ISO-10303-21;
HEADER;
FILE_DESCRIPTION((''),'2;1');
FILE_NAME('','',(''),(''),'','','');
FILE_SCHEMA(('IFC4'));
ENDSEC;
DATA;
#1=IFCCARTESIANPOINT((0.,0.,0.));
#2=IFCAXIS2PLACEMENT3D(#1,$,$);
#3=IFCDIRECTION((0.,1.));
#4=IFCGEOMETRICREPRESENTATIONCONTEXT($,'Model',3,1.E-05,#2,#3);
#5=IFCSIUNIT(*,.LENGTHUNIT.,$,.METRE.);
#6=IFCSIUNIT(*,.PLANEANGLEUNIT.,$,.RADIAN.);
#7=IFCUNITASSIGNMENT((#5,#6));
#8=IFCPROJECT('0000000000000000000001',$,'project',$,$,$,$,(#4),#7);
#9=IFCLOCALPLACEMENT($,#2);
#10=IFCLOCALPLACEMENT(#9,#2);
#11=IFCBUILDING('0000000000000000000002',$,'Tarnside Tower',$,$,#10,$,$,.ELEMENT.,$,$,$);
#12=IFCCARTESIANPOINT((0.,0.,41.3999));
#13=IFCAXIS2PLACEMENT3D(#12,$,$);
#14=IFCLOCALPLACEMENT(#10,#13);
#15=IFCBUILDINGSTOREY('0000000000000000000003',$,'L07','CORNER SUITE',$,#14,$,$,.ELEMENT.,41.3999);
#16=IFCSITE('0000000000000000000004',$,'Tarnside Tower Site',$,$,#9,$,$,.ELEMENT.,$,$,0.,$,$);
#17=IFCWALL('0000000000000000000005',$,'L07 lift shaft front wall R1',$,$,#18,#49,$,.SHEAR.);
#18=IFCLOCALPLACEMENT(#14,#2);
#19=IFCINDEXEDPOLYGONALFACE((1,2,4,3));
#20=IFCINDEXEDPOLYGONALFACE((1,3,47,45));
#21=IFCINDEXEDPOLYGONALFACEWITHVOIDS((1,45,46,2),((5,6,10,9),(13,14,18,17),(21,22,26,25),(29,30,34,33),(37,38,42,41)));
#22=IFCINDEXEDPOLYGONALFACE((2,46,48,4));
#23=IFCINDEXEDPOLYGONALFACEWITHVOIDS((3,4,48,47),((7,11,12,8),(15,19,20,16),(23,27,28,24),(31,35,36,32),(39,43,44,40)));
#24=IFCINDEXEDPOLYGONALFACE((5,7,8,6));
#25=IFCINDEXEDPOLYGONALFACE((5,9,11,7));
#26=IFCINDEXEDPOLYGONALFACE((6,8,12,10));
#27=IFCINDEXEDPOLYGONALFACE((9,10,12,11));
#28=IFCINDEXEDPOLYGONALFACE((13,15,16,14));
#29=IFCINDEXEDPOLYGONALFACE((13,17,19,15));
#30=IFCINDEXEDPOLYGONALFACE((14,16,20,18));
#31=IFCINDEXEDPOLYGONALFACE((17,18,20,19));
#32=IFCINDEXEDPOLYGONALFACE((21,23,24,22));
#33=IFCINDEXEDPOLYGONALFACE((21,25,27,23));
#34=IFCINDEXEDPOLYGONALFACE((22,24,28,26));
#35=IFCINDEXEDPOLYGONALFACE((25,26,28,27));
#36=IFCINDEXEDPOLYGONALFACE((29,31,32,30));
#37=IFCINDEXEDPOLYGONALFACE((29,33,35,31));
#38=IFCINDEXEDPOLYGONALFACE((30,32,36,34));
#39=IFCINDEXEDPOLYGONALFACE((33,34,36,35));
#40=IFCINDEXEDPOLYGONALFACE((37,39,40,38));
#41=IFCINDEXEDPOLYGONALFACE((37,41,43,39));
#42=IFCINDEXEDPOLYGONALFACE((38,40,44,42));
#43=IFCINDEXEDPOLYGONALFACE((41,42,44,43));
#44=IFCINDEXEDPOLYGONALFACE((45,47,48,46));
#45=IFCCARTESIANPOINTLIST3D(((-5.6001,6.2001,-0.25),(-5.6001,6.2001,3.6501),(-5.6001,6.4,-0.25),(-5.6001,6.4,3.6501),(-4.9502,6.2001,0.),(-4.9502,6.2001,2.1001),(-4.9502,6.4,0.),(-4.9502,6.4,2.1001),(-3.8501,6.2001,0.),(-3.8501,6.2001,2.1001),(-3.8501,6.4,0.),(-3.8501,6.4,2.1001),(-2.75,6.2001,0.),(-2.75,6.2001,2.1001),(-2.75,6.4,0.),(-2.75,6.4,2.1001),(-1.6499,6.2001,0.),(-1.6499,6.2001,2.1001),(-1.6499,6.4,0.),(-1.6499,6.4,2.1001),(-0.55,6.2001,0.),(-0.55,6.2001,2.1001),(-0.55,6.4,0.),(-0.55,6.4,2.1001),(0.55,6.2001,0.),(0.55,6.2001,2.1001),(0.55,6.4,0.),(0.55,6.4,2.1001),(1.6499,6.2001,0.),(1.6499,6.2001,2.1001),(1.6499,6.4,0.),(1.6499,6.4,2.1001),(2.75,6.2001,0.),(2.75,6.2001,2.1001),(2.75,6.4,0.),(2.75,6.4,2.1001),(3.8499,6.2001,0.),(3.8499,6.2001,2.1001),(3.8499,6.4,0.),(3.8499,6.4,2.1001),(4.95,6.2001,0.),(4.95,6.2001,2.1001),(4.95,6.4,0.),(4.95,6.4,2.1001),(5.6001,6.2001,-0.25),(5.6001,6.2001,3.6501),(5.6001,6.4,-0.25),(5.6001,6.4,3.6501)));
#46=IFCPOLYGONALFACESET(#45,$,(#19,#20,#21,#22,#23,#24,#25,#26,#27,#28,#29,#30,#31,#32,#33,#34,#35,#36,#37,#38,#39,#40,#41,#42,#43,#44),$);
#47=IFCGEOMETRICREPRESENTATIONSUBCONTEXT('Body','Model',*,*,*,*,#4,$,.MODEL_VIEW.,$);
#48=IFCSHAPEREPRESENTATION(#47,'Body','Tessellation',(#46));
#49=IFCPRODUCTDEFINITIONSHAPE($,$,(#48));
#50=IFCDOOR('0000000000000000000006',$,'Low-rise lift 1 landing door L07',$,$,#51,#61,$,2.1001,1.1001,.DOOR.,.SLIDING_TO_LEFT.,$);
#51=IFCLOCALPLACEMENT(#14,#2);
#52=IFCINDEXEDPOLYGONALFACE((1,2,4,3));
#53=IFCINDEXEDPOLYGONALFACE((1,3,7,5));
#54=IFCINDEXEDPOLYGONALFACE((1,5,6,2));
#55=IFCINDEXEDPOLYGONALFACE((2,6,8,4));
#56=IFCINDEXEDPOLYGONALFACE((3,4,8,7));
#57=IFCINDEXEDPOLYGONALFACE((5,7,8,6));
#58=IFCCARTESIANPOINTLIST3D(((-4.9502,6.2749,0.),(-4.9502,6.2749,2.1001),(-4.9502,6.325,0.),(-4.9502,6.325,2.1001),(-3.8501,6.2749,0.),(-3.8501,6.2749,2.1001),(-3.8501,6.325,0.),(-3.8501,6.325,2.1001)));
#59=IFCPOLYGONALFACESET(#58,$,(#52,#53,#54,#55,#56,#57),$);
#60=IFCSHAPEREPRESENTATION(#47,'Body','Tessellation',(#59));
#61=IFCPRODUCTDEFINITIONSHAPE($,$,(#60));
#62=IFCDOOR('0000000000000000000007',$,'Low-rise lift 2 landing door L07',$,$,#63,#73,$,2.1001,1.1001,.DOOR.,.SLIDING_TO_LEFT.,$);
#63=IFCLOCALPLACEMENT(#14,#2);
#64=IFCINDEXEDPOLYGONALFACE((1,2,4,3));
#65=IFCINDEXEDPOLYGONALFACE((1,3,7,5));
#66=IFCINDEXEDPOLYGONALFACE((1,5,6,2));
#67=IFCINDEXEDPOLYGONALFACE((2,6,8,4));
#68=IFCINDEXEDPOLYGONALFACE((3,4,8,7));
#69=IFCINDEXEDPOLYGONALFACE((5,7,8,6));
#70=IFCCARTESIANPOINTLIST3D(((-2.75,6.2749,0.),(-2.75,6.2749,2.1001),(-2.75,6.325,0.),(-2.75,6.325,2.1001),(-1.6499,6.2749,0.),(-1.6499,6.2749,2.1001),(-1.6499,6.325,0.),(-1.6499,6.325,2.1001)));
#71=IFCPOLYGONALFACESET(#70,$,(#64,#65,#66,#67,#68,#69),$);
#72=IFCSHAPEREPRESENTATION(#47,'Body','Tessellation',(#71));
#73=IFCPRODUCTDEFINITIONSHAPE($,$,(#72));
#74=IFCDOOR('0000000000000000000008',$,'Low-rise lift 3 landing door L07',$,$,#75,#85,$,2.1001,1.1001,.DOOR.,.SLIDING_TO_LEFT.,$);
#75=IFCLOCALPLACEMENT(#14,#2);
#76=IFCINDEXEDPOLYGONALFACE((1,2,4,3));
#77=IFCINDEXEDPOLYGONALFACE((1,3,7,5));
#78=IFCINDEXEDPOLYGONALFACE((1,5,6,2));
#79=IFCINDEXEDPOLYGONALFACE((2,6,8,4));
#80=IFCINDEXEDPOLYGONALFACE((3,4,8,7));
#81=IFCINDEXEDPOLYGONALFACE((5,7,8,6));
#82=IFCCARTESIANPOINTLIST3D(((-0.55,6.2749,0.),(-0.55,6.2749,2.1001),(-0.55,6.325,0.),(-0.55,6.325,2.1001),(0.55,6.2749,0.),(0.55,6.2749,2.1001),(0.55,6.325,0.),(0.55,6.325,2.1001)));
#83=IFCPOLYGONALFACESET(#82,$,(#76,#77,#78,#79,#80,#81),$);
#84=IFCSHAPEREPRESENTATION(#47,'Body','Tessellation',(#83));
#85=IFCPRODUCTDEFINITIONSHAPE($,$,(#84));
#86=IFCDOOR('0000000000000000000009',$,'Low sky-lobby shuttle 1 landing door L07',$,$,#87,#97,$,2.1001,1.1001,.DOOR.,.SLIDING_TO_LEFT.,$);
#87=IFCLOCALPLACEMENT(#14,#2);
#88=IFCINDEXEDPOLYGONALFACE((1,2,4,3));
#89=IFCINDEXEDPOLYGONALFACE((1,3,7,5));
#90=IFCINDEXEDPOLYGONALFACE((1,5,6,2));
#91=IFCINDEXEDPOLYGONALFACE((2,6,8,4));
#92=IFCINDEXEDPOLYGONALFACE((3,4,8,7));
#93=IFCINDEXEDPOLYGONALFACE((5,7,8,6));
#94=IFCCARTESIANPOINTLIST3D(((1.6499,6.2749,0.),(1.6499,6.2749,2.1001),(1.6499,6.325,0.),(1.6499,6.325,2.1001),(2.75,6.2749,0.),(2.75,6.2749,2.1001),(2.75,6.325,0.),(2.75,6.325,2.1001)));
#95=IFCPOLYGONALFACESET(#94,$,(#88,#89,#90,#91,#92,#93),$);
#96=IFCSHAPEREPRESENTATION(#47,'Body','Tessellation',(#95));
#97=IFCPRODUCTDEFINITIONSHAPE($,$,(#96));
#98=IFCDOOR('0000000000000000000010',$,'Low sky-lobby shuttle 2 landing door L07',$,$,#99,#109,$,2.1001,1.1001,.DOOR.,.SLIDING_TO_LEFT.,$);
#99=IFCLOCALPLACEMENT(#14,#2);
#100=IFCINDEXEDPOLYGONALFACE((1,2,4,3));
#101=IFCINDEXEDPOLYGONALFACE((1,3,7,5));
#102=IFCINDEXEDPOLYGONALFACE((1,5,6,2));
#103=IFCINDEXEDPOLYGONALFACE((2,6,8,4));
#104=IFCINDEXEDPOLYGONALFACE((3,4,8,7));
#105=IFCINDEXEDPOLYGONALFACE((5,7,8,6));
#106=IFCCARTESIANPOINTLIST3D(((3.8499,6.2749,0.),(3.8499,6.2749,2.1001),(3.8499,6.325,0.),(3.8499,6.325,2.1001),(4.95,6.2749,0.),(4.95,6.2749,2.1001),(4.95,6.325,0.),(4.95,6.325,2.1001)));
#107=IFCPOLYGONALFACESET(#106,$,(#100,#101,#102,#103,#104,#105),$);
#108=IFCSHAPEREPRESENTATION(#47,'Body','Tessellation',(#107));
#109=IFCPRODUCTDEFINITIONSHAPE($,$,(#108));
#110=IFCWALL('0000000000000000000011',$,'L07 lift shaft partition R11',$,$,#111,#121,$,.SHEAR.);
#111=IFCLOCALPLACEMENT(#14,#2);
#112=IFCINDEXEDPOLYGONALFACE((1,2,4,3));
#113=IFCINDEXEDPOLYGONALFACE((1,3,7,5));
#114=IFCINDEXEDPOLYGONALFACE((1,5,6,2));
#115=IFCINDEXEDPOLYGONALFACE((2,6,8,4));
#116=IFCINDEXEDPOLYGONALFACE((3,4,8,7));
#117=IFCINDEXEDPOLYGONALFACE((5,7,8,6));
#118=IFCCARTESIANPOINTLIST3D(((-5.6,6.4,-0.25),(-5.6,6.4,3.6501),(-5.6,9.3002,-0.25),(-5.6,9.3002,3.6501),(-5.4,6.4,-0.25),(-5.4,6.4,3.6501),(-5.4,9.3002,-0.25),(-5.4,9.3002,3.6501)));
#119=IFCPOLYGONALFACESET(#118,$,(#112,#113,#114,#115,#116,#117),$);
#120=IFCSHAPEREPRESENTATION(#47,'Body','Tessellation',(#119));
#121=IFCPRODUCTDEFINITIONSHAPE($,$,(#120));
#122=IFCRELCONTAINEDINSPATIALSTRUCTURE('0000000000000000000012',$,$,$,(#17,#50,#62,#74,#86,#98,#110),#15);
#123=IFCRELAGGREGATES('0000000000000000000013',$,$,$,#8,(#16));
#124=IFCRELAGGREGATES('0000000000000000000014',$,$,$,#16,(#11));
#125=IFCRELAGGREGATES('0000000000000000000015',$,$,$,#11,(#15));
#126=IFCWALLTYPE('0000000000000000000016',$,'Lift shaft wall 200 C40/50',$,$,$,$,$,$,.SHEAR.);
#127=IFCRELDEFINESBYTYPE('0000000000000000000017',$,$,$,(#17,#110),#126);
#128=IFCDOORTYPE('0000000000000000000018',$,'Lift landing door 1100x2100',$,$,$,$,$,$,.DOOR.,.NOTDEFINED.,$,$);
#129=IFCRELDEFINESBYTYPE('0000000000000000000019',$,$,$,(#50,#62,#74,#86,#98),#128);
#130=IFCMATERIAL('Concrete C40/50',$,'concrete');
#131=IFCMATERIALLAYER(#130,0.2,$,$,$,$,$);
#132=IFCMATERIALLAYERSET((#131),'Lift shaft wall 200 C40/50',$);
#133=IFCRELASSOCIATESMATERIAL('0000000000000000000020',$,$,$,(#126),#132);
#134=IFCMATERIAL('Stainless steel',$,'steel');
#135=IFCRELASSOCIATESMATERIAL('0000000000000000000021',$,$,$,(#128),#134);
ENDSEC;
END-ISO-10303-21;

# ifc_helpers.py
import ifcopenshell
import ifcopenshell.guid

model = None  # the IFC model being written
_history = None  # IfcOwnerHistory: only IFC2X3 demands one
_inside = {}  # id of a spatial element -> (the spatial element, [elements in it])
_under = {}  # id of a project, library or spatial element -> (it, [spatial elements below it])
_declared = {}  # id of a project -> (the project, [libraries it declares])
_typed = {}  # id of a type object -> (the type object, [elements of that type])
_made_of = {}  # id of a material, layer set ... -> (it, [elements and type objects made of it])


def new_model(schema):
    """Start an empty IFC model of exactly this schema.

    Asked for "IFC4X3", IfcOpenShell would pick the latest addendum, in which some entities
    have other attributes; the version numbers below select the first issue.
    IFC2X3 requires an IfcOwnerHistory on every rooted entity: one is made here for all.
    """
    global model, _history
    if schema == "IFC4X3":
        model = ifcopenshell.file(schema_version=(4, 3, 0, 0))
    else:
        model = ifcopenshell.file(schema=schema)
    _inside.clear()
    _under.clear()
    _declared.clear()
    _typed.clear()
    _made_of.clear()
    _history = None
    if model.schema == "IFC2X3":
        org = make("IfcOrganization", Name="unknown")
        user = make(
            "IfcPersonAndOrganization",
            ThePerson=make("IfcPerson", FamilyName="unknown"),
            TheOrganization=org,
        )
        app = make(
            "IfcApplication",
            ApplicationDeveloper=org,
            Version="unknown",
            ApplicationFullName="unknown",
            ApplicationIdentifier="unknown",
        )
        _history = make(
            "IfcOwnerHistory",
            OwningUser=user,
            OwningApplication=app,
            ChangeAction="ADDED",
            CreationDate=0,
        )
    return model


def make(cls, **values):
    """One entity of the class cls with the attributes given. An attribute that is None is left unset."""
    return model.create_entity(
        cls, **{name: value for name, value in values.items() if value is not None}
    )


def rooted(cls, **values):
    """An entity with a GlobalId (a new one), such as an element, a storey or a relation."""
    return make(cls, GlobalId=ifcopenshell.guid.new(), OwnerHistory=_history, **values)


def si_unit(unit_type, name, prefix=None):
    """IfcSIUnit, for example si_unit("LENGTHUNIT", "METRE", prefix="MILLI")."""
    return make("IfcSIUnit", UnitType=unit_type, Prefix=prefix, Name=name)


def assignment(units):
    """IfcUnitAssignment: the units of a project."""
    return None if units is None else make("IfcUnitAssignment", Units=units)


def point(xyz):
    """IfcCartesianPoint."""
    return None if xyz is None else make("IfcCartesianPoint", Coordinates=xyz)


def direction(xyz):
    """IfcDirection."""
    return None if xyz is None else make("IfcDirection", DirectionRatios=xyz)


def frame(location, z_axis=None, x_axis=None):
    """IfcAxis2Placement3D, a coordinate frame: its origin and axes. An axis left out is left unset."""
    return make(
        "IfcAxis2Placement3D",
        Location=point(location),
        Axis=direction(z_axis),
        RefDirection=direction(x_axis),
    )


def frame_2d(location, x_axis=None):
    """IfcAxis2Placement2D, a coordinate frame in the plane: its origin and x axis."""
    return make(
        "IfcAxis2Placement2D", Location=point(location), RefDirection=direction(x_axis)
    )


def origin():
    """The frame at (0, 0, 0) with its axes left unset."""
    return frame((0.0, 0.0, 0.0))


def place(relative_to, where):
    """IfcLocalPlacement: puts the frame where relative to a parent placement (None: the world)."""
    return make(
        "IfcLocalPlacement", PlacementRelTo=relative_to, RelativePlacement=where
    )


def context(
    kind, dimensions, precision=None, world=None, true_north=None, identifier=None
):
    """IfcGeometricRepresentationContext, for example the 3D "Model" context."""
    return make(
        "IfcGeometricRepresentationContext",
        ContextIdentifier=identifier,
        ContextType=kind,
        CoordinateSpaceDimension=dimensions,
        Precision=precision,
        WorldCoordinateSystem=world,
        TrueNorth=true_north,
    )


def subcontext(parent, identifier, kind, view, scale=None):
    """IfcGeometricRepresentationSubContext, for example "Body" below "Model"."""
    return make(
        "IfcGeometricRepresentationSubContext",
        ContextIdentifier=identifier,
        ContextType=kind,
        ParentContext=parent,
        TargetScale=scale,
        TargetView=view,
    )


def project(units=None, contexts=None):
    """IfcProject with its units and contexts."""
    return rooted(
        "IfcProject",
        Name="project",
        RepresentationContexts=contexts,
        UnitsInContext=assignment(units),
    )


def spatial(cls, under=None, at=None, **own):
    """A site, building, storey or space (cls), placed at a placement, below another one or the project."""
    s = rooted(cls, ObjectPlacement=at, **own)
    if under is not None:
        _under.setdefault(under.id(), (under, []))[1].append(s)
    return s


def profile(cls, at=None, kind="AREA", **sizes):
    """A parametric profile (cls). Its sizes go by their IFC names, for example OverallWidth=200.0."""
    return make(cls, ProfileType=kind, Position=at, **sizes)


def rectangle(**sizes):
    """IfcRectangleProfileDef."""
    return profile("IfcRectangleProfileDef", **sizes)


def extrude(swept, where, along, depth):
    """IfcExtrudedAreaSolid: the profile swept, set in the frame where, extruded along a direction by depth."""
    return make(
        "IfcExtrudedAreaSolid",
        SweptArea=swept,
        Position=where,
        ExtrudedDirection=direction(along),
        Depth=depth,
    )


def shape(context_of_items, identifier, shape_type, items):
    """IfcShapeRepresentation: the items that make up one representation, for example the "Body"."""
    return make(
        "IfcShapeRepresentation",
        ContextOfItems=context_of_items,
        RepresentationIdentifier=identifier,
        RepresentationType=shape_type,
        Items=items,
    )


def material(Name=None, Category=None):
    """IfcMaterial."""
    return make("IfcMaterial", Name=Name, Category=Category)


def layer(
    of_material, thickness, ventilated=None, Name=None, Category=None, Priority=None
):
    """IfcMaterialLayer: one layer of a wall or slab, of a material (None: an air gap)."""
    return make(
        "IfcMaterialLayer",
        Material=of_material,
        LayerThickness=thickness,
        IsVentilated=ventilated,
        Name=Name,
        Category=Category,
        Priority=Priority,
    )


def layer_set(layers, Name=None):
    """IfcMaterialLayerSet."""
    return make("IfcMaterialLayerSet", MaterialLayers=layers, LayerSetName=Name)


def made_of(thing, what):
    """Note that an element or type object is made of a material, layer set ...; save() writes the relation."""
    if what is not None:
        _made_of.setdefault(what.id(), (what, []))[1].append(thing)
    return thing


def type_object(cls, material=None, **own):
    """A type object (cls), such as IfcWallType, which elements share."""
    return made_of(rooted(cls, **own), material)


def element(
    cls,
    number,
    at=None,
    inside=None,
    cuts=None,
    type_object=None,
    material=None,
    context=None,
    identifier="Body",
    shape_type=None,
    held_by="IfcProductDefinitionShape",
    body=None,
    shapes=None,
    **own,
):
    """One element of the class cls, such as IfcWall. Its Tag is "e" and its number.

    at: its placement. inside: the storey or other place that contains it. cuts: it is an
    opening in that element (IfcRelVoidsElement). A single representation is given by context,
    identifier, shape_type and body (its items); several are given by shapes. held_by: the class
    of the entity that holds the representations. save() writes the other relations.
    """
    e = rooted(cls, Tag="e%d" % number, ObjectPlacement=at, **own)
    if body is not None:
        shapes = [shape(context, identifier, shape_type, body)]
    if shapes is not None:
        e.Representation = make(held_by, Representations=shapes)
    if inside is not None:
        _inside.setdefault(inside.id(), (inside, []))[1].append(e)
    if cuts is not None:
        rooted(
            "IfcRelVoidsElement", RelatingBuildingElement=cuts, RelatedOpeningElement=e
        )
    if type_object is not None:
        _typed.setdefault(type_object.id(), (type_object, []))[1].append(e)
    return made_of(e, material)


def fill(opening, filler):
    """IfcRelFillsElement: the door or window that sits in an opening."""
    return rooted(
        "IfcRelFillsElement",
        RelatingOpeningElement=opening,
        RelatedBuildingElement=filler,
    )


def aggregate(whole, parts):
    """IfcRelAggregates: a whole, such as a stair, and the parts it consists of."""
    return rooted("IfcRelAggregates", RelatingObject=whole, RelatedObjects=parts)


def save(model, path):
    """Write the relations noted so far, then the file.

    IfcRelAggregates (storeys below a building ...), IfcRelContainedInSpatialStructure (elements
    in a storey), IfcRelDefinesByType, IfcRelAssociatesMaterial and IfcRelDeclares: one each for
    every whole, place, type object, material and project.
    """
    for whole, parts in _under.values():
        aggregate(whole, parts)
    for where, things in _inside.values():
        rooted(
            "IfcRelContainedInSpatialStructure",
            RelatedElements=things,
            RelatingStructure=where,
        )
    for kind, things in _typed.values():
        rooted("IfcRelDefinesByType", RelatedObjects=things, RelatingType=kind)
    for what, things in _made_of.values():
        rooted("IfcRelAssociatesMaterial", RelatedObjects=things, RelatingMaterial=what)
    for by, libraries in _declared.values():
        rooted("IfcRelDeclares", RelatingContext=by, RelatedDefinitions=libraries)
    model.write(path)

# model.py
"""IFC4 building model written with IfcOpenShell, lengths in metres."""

from ifc_helpers import new_model, si_unit, direction, frame, frame_2d, origin, place, context, subcontext, project, spatial, rectangle, extrude, material, layer, layer_set, type_object, element, fill, save


model = new_model("IFC4")

# Units and contexts
model_context = context("Model", 3, precision=1e-05, world=origin(), true_north=direction((0.0, 1.0)))
body_context = subcontext(model_context, "Body", "Model", "MODEL_VIEW")
ifc_project = project(units=[si_unit("LENGTHUNIT", "METRE"), si_unit("PLANEANGLEUNIT", "RADIAN")], contexts=[model_context])

# Site, building, storey
site_placement = place(None, origin())
site = spatial("IfcSite", under=ifc_project, at=site_placement, Name="Tarnside Tower Site", CompositionType="ELEMENT", RefElevation=0.0)
building_placement = place(site_placement, origin())
building = spatial("IfcBuilding", under=site, at=building_placement, Name="Tarnside Tower", CompositionType="ELEMENT")
storey_placement = place(building_placement, frame((0.0, 0.0, 41.3999)))
storey = spatial("IfcBuildingStorey", under=building, at=storey_placement, Name="L07", Description="CORNER SUITE", CompositionType="ELEMENT", Elevation=41.3999)

# Shared definitions
ifc_material_1 = material(Name="Concrete C40/50", Category="concrete")

# Wall, openings, doors
ifc_layer_1 = layer(ifc_material_1, 0.2)
ifc_layer_set_1 = layer_set([ifc_layer_1], Name="Lift shaft wall 200 C40/50")
wall_type = type_object("IfcWallType", Name="Lift shaft wall 200 C40/50", PredefinedType="SHEAR", material=ifc_layer_set_1)
wall_1_placement = place(storey_placement, frame((-5.6001, 6.3, -0.25), z_axis=(0.0, 0.0, 1.0), x_axis=(1.0, 0.0, 0.0)))
wall_1 = element("IfcWall", 1, at=wall_1_placement, inside=storey, type_object=wall_type, Name="L07 lift shaft front wall R1", PredefinedType="SHEAR", context=body_context, shape_type="SweptSolid", body=[
    extrude(rectangle(XDim=11.2002, YDim=0.2, at=frame_2d((5.6001, 0.0))), origin(), (0.0, 0.0, 1.0), 3.9001),
])
opening_1_placement = place(wall_1_placement, frame((0.6499, 0.0, 0.25)))
opening_1 = element("IfcOpeningElement", 2, at=opening_1_placement, cuts=wall_1, PredefinedType="OPENING", context=body_context, shape_type="SweptSolid", body=[
    extrude(rectangle(XDim=1.1001, YDim=2.1001, at=frame_2d((0.55, 1.05))), frame((0.0, 0.1099, 0.0), z_axis=(0.0, -1.0, 0.0), x_axis=(1.0, 0.0, 0.0)), (0.0, 0.0, 1.0), 0.22),
])
opening_2_placement = place(wall_1_placement, frame((2.8501, 0.0, 0.25)))
opening_2 = element("IfcOpeningElement", 3, at=opening_2_placement, cuts=wall_1, PredefinedType="OPENING", context=body_context, shape_type="SweptSolid", body=[
    extrude(rectangle(XDim=1.1001, YDim=2.1001, at=frame_2d((0.55, 1.05))), frame((0.0, 0.1099, 0.0), z_axis=(0.0, -1.0, 0.0), x_axis=(1.0, 0.0, 0.0)), (0.0, 0.0, 1.0), 0.22),
])
opening_3_placement = place(wall_1_placement, frame((5.05, 0.0, 0.25)))
opening_3 = element("IfcOpeningElement", 4, at=opening_3_placement, cuts=wall_1, PredefinedType="OPENING", context=body_context, shape_type="SweptSolid", body=[
    extrude(rectangle(XDim=1.1001, YDim=2.1001, at=frame_2d((0.55, 1.05))), frame((0.0, 0.1099, 0.0), z_axis=(0.0, -1.0, 0.0), x_axis=(1.0, 0.0, 0.0)), (0.0, 0.0, 1.0), 0.22),
])
opening_4_placement = place(wall_1_placement, frame((7.25, 0.0, 0.25)))
opening_4 = element("IfcOpeningElement", 5, at=opening_4_placement, cuts=wall_1, PredefinedType="OPENING", context=body_context, shape_type="SweptSolid", body=[
    extrude(rectangle(XDim=1.1001, YDim=2.1001, at=frame_2d((0.55, 1.05))), frame((0.0, 0.1099, 0.0), z_axis=(0.0, -1.0, 0.0), x_axis=(1.0, 0.0, 0.0)), (0.0, 0.0, 1.0), 0.22),
])
opening_5_placement = place(wall_1_placement, frame((9.45, 0.0, 0.25)))
opening_5 = element("IfcOpeningElement", 6, at=opening_5_placement, cuts=wall_1, PredefinedType="OPENING", context=body_context, shape_type="SweptSolid", body=[
    extrude(rectangle(XDim=1.1001, YDim=2.1001, at=frame_2d((0.55, 1.05))), frame((0.0, 0.1099, 0.0), z_axis=(0.0, -1.0, 0.0), x_axis=(1.0, 0.0, 0.0)), (0.0, 0.0, 1.0), 0.22),
])
ifc_material_2 = material(Name="Stainless steel", Category="steel")
door_type = type_object("IfcDoorType", Name="Lift landing door 1100x2100", OperationType="NOTDEFINED", PredefinedType="DOOR", material=ifc_material_2)
door_1_placement = place(opening_1_placement, origin())
door_1 = element("IfcDoor", 7, at=door_1_placement, inside=storey, type_object=door_type, Name="Low-rise lift 1 landing door L07", OperationType="SLIDING_TO_LEFT", OverallHeight=2.1001, OverallWidth=1.1001, PredefinedType="DOOR", context=body_context, shape_type="SweptSolid", body=[
    extrude(rectangle(XDim=1.1001, YDim=2.1001, at=frame_2d((0.55, 1.05))), frame((0.0, 0.0249, 0.0), z_axis=(0.0, -1.0, 0.0), x_axis=(1.0, 0.0, 0.0)), (0.0, 0.0, 1.0), 0.05),
])
fill(opening_1, door_1)
door_2_placement = place(opening_2_placement, origin())
door_2 = element("IfcDoor", 8, at=door_2_placement, inside=storey, type_object=door_type, Name="Low-rise lift 2 landing door L07", OperationType="SLIDING_TO_LEFT", OverallHeight=2.1001, OverallWidth=1.1001, PredefinedType="DOOR", context=body_context, shape_type="SweptSolid", body=[
    extrude(rectangle(XDim=1.1001, YDim=2.1001, at=frame_2d((0.55, 1.05))), frame((0.0, 0.0249, 0.0), z_axis=(0.0, -1.0, 0.0), x_axis=(1.0, 0.0, 0.0)), (0.0, 0.0, 1.0), 0.05),
])
fill(opening_2, door_2)
door_3_placement = place(opening_3_placement, origin())
door_3 = element("IfcDoor", 9, at=door_3_placement, inside=storey, type_object=door_type, Name="Low-rise lift 3 landing door L07", OperationType="SLIDING_TO_LEFT", OverallHeight=2.1001, OverallWidth=1.1001, PredefinedType="DOOR", context=body_context, shape_type="SweptSolid", body=[
    extrude(rectangle(XDim=1.1001, YDim=2.1001, at=frame_2d((0.55, 1.05))), frame((0.0, 0.0249, 0.0), z_axis=(0.0, -1.0, 0.0), x_axis=(1.0, 0.0, 0.0)), (0.0, 0.0, 1.0), 0.05),
])
fill(opening_3, door_3)
door_4_placement = place(opening_4_placement, origin())
door_4 = element("IfcDoor", 10, at=door_4_placement, inside=storey, type_object=door_type, Name="Low sky-lobby shuttle 1 landing door L07", OperationType="SLIDING_TO_LEFT", OverallHeight=2.1001, OverallWidth=1.1001, PredefinedType="DOOR", context=body_context, shape_type="SweptSolid", body=[
    extrude(rectangle(XDim=1.1001, YDim=2.1001, at=frame_2d((0.55, 1.05))), frame((0.0, 0.0249, 0.0), z_axis=(0.0, -1.0, 0.0), x_axis=(1.0, 0.0, 0.0)), (0.0, 0.0, 1.0), 0.05),
])
fill(opening_4, door_4)
door_5_placement = place(opening_5_placement, origin())
door_5 = element("IfcDoor", 11, at=door_5_placement, inside=storey, type_object=door_type, Name="Low sky-lobby shuttle 2 landing door L07", OperationType="SLIDING_TO_LEFT", OverallHeight=2.1001, OverallWidth=1.1001, PredefinedType="DOOR", context=body_context, shape_type="SweptSolid", body=[
    extrude(rectangle(XDim=1.1001, YDim=2.1001, at=frame_2d((0.55, 1.05))), frame((0.0, 0.0249, 0.0), z_axis=(0.0, -1.0, 0.0), x_axis=(1.0, 0.0, 0.0)), (0.0, 0.0, 1.0), 0.05),
])
fill(opening_5, door_5)

# Wall
wall_2_placement = place(storey_placement, frame((-5.5, 6.3999, -0.25), z_axis=(0.0, 0.0, 1.0), x_axis=(0.0, 1.0, 0.0)))
element("IfcWall", 12, at=wall_2_placement, inside=storey, type_object=wall_type, Name="L07 lift shaft partition R11", PredefinedType="SHEAR", context=body_context, shape_type="SweptSolid", body=[
    extrude(rectangle(XDim=2.9001, YDim=0.2, at=frame_2d((1.4502, 0.0))), origin(), (0.0, 0.0, 1.0), 3.9001),
])

save(model, "model.ifc")
